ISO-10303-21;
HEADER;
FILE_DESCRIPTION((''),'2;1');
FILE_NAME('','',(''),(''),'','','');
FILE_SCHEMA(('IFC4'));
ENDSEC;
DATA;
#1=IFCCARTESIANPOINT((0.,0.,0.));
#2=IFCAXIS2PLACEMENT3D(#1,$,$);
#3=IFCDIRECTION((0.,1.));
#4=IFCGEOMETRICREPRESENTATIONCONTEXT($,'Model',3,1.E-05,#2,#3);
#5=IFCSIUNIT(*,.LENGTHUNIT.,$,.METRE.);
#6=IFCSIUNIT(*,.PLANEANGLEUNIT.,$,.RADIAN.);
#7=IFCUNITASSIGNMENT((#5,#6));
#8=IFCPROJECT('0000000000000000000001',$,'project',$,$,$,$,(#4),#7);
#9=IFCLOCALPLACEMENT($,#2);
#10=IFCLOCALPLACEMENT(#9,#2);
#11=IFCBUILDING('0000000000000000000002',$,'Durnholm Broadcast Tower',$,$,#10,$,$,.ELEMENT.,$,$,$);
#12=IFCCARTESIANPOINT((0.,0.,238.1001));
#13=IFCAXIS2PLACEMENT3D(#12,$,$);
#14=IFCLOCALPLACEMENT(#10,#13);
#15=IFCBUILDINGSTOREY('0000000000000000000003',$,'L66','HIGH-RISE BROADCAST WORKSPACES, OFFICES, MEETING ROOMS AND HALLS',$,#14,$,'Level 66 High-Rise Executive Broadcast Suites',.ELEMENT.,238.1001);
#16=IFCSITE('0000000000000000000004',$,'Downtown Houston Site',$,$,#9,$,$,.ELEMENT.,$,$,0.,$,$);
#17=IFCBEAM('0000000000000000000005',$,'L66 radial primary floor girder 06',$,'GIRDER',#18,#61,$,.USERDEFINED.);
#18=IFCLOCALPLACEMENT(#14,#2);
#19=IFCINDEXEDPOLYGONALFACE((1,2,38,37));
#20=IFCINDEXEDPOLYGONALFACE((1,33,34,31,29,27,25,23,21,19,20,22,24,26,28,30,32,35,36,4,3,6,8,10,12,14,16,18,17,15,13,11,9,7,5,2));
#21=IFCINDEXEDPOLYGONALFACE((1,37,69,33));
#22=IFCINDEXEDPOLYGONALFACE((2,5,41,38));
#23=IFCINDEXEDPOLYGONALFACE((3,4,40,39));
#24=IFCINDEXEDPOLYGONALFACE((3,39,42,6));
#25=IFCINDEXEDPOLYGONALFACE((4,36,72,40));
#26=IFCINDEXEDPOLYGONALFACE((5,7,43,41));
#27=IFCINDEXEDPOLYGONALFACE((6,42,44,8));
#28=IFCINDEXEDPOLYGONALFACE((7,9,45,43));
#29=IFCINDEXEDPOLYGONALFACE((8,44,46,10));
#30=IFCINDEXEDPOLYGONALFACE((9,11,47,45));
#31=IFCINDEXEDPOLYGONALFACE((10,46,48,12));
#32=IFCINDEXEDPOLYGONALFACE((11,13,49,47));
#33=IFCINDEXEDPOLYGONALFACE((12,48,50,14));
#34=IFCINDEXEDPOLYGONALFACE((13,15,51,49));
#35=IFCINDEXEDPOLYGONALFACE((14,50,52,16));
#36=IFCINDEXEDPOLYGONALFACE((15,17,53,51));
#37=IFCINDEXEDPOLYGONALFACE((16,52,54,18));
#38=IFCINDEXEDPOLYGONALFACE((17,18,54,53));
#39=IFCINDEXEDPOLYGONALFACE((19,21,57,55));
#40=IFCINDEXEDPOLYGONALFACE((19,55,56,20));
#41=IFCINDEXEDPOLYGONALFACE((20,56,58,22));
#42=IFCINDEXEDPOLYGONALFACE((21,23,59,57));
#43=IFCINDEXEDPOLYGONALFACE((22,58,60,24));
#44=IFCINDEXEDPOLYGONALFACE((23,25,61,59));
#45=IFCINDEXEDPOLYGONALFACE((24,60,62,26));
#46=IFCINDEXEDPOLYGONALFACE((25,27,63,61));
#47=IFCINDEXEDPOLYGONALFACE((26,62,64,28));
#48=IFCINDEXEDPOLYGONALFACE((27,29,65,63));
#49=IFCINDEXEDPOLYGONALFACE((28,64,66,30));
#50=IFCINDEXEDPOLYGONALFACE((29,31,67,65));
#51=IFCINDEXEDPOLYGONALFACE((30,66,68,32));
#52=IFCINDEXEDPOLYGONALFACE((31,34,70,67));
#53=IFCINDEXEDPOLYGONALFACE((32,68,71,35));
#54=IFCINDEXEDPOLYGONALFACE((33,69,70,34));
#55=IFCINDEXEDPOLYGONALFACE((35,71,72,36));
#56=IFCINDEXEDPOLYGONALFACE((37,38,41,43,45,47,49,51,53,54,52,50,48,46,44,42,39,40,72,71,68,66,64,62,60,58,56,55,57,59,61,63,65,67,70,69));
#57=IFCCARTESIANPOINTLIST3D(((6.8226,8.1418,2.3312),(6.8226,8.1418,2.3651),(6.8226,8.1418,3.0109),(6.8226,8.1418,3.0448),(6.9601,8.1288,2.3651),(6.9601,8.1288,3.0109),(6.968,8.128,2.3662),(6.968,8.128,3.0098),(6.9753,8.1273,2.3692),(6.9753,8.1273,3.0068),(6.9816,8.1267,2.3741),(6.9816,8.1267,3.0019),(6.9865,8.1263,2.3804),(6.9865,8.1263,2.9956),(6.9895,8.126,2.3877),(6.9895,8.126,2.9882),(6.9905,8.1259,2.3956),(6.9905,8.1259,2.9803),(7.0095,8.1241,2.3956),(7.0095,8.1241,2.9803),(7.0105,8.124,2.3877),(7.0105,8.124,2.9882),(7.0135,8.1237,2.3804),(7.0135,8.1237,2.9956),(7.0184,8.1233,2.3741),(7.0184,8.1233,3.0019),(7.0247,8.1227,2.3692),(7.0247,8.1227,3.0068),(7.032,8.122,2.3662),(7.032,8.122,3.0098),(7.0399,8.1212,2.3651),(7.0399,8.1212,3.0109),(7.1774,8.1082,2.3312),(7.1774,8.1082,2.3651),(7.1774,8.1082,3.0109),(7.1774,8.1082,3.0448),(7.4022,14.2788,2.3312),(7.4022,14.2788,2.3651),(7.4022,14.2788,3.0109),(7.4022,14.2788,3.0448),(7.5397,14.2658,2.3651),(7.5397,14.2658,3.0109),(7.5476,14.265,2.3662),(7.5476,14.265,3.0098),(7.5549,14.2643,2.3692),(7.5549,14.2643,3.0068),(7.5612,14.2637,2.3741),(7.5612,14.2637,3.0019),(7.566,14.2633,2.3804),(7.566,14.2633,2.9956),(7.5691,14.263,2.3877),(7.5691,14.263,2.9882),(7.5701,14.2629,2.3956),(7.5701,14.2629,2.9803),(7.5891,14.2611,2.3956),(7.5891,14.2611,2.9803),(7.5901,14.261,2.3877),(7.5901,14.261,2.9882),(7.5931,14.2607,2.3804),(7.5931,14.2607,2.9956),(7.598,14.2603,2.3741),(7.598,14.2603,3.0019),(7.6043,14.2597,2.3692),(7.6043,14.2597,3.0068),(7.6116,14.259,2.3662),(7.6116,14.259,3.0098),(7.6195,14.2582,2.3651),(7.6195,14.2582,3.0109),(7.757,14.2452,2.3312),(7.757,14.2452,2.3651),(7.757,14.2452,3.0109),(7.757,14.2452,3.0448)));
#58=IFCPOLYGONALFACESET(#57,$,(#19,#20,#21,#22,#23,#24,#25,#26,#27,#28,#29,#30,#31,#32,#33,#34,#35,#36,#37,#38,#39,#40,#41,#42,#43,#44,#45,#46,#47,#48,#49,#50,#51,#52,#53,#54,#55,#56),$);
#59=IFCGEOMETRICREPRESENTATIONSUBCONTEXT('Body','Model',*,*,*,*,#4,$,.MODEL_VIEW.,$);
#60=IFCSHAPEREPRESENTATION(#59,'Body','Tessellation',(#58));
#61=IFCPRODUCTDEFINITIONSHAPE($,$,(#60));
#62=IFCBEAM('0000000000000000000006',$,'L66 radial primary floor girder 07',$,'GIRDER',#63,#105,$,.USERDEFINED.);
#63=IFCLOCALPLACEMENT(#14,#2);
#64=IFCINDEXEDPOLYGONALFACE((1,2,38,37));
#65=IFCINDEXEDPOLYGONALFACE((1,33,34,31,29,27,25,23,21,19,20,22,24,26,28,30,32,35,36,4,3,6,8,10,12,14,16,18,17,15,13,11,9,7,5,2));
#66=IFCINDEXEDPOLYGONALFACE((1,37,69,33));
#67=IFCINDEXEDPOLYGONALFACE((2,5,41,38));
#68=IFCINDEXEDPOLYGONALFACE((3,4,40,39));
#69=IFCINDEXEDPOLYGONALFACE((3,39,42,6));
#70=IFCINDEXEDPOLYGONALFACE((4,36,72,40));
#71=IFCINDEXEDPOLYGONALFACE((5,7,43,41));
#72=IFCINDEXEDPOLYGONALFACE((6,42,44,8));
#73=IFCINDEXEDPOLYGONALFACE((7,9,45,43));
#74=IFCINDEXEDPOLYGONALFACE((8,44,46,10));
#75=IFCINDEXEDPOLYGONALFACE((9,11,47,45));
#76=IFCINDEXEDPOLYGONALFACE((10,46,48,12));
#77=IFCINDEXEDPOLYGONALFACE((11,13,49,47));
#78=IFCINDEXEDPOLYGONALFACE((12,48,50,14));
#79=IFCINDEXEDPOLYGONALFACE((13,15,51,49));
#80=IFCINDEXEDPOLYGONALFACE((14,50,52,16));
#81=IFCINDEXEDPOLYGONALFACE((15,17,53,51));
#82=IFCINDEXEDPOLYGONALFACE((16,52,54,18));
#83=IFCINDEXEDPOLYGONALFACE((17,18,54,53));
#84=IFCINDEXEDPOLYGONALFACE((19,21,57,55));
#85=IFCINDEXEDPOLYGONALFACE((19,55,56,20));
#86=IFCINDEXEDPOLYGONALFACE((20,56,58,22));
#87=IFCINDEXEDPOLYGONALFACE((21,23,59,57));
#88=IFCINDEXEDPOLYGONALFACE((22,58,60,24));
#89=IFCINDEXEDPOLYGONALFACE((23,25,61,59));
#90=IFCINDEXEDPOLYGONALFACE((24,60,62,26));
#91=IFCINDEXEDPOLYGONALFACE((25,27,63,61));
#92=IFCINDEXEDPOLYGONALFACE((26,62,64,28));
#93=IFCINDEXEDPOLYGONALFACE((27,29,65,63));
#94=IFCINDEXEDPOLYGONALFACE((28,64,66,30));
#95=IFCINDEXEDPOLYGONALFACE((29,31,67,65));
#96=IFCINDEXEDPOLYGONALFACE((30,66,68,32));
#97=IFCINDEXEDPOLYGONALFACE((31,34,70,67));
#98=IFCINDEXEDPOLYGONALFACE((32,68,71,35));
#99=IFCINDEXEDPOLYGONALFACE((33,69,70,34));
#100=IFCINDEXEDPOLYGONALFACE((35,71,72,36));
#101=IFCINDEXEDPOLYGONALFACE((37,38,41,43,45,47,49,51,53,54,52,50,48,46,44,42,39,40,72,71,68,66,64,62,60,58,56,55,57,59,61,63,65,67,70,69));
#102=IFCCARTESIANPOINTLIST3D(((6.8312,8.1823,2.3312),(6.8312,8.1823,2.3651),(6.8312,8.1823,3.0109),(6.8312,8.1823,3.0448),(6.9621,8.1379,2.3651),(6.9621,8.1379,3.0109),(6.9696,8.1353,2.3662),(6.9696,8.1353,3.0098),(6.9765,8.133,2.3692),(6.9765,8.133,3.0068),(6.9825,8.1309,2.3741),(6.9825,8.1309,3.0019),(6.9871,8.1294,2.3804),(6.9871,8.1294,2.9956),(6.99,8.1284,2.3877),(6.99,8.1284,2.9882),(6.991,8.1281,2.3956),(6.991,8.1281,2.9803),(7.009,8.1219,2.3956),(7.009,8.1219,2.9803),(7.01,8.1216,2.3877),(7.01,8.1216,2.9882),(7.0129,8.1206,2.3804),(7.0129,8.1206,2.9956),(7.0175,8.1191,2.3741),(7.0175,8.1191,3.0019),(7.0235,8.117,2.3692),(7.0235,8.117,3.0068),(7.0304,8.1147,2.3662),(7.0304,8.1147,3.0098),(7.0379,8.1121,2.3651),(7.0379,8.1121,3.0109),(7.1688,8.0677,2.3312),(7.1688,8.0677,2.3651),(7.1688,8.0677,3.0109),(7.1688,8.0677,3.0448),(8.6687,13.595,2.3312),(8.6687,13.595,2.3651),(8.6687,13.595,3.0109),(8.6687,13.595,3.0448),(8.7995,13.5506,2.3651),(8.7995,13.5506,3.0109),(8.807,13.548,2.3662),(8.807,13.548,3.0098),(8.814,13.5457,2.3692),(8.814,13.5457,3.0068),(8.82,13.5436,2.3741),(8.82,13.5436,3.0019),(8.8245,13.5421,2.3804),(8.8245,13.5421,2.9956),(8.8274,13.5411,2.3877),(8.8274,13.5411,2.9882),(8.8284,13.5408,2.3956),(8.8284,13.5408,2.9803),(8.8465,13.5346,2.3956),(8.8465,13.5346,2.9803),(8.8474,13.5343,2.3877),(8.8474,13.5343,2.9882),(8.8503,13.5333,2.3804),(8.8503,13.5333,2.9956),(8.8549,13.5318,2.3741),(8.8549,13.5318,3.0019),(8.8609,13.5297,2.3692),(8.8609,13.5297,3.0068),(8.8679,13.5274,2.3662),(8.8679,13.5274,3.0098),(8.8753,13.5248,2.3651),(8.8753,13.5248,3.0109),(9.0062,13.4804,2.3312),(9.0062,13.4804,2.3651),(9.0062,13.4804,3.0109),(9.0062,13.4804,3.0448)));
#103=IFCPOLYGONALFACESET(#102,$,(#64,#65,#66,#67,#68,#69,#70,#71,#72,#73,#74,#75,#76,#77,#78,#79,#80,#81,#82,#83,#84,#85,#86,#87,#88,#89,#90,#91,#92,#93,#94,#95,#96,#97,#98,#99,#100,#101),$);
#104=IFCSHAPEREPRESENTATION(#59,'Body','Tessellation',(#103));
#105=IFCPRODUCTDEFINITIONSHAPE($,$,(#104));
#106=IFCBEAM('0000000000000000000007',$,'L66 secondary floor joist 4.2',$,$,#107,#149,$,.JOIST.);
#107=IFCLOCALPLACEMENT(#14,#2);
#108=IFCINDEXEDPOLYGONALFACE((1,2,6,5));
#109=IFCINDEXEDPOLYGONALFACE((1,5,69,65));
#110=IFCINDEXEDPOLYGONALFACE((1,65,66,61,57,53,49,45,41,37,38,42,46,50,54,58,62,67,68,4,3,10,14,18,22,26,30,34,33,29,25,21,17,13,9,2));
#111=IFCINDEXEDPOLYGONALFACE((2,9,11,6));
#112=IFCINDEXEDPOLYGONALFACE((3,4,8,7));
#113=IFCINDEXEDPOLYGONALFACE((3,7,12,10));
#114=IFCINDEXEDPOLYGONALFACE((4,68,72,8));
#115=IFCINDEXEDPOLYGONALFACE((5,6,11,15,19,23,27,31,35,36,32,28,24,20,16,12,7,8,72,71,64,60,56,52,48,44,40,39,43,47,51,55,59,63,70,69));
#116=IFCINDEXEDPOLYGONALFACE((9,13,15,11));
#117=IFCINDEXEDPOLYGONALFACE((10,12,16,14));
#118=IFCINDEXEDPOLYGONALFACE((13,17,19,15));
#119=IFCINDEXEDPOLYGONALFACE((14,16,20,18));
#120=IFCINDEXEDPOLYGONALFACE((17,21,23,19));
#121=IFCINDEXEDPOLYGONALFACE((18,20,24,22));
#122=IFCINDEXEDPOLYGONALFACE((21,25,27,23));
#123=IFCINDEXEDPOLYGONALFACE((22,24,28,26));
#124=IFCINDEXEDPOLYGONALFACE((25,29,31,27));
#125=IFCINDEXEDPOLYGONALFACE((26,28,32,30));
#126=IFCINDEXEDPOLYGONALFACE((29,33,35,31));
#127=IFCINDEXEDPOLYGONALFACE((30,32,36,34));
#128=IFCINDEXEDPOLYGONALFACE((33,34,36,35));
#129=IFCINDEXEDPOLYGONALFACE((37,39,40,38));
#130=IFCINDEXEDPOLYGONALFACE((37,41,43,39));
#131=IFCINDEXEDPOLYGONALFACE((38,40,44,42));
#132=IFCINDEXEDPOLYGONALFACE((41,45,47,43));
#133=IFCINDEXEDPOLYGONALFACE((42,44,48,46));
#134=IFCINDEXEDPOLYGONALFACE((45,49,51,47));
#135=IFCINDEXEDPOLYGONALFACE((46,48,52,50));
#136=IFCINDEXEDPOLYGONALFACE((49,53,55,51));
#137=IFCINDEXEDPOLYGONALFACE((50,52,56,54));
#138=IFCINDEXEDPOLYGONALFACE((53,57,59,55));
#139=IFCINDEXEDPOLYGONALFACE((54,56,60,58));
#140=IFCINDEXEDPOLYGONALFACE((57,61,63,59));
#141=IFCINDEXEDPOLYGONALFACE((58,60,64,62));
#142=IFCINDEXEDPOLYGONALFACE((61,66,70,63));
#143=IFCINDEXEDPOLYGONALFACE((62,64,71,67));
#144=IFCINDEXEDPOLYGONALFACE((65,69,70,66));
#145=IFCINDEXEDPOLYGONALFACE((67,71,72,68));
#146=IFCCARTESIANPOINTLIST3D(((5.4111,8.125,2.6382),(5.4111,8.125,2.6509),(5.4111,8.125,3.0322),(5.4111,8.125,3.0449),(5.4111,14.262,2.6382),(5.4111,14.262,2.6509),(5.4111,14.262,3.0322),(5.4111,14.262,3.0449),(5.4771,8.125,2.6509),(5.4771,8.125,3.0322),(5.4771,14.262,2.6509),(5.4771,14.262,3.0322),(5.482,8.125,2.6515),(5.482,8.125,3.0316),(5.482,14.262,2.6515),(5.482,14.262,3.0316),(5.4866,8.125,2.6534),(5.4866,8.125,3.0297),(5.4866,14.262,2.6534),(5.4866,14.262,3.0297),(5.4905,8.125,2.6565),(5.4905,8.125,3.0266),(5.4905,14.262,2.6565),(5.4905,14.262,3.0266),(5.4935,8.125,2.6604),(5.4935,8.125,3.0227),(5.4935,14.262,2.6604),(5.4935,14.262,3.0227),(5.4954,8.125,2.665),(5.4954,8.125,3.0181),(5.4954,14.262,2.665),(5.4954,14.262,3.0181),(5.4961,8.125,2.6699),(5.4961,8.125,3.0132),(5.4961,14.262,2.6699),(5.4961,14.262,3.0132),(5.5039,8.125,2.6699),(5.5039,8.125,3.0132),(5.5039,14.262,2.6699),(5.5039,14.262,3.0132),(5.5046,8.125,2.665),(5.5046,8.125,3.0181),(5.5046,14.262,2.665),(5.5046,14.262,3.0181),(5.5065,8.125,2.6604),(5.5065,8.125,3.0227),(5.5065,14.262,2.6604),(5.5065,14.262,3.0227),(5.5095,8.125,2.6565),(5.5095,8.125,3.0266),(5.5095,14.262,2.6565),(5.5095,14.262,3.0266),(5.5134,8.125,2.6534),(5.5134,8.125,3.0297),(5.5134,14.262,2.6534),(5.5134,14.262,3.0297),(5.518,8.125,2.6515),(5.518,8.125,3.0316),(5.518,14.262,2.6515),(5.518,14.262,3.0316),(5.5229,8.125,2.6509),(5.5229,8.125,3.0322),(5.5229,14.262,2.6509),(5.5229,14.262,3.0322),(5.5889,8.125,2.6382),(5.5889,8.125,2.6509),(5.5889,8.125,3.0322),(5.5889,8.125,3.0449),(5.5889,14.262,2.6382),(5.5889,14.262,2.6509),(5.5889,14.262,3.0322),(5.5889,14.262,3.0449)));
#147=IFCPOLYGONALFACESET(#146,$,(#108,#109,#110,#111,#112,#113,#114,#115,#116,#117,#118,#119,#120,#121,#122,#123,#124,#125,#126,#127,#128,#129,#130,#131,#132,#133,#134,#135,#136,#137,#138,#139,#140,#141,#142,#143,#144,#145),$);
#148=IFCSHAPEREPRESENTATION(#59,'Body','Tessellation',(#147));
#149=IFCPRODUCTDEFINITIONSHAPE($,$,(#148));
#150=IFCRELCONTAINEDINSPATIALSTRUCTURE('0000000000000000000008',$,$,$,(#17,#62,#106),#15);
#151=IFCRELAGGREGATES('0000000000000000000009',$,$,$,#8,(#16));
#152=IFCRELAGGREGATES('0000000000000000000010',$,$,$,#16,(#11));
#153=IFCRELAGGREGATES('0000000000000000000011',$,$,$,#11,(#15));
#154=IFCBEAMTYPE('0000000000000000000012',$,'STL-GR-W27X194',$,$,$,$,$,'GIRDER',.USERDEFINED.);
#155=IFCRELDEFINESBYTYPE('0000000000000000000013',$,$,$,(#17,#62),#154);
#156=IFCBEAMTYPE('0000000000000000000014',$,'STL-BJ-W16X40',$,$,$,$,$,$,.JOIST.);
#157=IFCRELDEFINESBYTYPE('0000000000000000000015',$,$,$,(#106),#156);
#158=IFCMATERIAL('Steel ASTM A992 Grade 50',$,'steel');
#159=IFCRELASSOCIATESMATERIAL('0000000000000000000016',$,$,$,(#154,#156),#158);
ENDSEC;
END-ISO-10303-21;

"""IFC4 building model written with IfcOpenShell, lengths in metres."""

from ifc_helpers import new_model, si_unit, direction, frame, origin, origin_2d, place, context, subcontext, project, spatial, i_section, extrude, source, transform, mapped, material, material_profile, profile_set, type_object, type_shapes, element, save


model = new_model("IFC4")

# Units and contexts
model_context = context("Model", 3, precision=1e-05, world=origin(), true_north=direction((0.0, 1.0)))
body_context = subcontext(model_context, "Body", "Model", "MODEL_VIEW")
ifc_project = project(units=[si_unit("LENGTHUNIT", "METRE"), si_unit("PLANEANGLEUNIT", "RADIAN")], contexts=[model_context])

# Site, building, storey
site_placement = place(None, origin())
site = spatial("IfcSite", under=ifc_project, at=site_placement, Name="Downtown Houston Site", CompositionType="ELEMENT", RefElevation=0.0)
building_placement = place(site_placement, origin())
building = spatial("IfcBuilding", under=site, at=building_placement, Name="Durnholm Broadcast Tower", CompositionType="ELEMENT")
storey_placement = place(building_placement, frame((0.0, 0.0, 238.1001)))
storey = spatial("IfcBuildingStorey", under=building, at=storey_placement, Name="L66", Description="HIGH-RISE BROADCAST WORKSPACES, OFFICES, MEETING ROOMS AND HALLS", LongName="Level 66 High-Rise Executive Broadcast Suites", CompositionType="ELEMENT", Elevation=238.1001)

# Beams
ifc_material_1 = material(Name="Steel ASTM A992 Grade 50", Category="steel")
ifc_material_profile_1 = material_profile(ifc_material_1, i_section(OverallWidth=0.3564, OverallDepth=0.7136, WebThickness=0.019, FlangeThickness=0.0339, FilletRadius=0.0305, at=origin_2d()), Name="W27X194")
ifc_profile_set_1 = profile_set([ifc_material_profile_1], Name="Steel ASTM A992 Grade 50")
beam_type_1 = type_object("IfcBeamType", Name="STL-GR-W27X194", ElementType="GIRDER", PredefinedType="USERDEFINED", material=ifc_profile_set_1)
shared_shape_1 = source(origin(), body_context, "Body", "SweptSolid", [
    extrude(i_section(OverallWidth=0.3564, OverallDepth=0.7136, WebThickness=0.019, FlangeThickness=0.0339, FilletRadius=0.0305, at=origin_2d()), origin(), (0.0, 0.0, 1.0), 6.1643),
])
beam_1_placement = place(storey_placement, frame((7.0, 8.125, 2.688), z_axis=(0.094024, 0.99557, 0.0), x_axis=(-0.99557, 0.094024, 0.0)))
element("IfcBeam", 1, at=beam_1_placement, inside=storey, type_object=beam_type_1, Name="L66 radial primary floor girder 06", ObjectType="GIRDER", PredefinedType="USERDEFINED", context=body_context, shape_type="MappedRepresentation", body=[
    mapped(shared_shape_1, transform((0.0, 0.0, 0.0), x_axis=(1.0, 0.0, 0.0), y_axis=(0.0, 1.0, 0.0), z_axis=(0.0, 0.0, 1.0), scale=1.0)),
])
shared_shape_2 = source(origin(), body_context, "Body", "SweptSolid", [
    extrude(i_section(OverallWidth=0.3564, OverallDepth=0.7136, WebThickness=0.019, FlangeThickness=0.0339, FilletRadius=0.0305, at=origin_2d()), origin(), (0.0, 0.0, 1.0), 5.7161),
])
type_shapes(beam_type_1, [shared_shape_1, shared_shape_2])
beam_2_placement = place(storey_placement, frame((7.0, 8.125, 2.688), z_axis=(0.321451, 0.946926, 0.0), x_axis=(-0.946926, 0.321451, 0.0)))
element("IfcBeam", 2, at=beam_2_placement, inside=storey, type_object=beam_type_1, Name="L66 radial primary floor girder 07", ObjectType="GIRDER", PredefinedType="USERDEFINED", context=body_context, shape_type="MappedRepresentation", body=[
    mapped(shared_shape_2, transform((0.0, 0.0, 0.0), x_axis=(1.0, 0.0, 0.0), y_axis=(0.0, 1.0, 0.0), z_axis=(0.0, 0.0, 1.0), scale=1.0)),
])
ifc_material_profile_2 = material_profile(ifc_material_1, i_section(OverallWidth=0.1777, OverallDepth=0.4067, WebThickness=0.0078, FlangeThickness=0.0127, FilletRadius=0.019, at=origin_2d()), Name="W16X40")
ifc_profile_set_2 = profile_set([ifc_material_profile_2], Name="Steel ASTM A992 Grade 50")
beam_type_2 = type_object("IfcBeamType", Name="STL-BJ-W16X40", PredefinedType="JOIST", material=ifc_profile_set_2)
shared_shape_3 = source(origin(), body_context, "Body", "SweptSolid", [
    extrude(i_section(OverallWidth=0.1777, OverallDepth=0.4067, WebThickness=0.0078, FlangeThickness=0.0127, FilletRadius=0.019, at=origin_2d()), origin(), (0.0, 0.0, 1.0), 6.137),
])
type_shapes(beam_type_2, [shared_shape_3])
beam_3_placement = place(storey_placement, frame((5.5, 8.125, 2.8416), z_axis=(0.0, 1.0, 0.0), x_axis=(-1.0, 0.0, 0.0)))
element("IfcBeam", 3, at=beam_3_placement, inside=storey, type_object=beam_type_2, Name="L66 secondary floor joist 4.2", PredefinedType="JOIST", context=body_context, shape_type="MappedRepresentation", body=[
    mapped(shared_shape_3, transform((0.0, 0.0, 0.0), x_axis=(1.0, 0.0, 0.0), y_axis=(0.0, 1.0, 0.0), z_axis=(0.0, 0.0, 1.0), scale=1.0)),
])

save(model, "model.ifc")
